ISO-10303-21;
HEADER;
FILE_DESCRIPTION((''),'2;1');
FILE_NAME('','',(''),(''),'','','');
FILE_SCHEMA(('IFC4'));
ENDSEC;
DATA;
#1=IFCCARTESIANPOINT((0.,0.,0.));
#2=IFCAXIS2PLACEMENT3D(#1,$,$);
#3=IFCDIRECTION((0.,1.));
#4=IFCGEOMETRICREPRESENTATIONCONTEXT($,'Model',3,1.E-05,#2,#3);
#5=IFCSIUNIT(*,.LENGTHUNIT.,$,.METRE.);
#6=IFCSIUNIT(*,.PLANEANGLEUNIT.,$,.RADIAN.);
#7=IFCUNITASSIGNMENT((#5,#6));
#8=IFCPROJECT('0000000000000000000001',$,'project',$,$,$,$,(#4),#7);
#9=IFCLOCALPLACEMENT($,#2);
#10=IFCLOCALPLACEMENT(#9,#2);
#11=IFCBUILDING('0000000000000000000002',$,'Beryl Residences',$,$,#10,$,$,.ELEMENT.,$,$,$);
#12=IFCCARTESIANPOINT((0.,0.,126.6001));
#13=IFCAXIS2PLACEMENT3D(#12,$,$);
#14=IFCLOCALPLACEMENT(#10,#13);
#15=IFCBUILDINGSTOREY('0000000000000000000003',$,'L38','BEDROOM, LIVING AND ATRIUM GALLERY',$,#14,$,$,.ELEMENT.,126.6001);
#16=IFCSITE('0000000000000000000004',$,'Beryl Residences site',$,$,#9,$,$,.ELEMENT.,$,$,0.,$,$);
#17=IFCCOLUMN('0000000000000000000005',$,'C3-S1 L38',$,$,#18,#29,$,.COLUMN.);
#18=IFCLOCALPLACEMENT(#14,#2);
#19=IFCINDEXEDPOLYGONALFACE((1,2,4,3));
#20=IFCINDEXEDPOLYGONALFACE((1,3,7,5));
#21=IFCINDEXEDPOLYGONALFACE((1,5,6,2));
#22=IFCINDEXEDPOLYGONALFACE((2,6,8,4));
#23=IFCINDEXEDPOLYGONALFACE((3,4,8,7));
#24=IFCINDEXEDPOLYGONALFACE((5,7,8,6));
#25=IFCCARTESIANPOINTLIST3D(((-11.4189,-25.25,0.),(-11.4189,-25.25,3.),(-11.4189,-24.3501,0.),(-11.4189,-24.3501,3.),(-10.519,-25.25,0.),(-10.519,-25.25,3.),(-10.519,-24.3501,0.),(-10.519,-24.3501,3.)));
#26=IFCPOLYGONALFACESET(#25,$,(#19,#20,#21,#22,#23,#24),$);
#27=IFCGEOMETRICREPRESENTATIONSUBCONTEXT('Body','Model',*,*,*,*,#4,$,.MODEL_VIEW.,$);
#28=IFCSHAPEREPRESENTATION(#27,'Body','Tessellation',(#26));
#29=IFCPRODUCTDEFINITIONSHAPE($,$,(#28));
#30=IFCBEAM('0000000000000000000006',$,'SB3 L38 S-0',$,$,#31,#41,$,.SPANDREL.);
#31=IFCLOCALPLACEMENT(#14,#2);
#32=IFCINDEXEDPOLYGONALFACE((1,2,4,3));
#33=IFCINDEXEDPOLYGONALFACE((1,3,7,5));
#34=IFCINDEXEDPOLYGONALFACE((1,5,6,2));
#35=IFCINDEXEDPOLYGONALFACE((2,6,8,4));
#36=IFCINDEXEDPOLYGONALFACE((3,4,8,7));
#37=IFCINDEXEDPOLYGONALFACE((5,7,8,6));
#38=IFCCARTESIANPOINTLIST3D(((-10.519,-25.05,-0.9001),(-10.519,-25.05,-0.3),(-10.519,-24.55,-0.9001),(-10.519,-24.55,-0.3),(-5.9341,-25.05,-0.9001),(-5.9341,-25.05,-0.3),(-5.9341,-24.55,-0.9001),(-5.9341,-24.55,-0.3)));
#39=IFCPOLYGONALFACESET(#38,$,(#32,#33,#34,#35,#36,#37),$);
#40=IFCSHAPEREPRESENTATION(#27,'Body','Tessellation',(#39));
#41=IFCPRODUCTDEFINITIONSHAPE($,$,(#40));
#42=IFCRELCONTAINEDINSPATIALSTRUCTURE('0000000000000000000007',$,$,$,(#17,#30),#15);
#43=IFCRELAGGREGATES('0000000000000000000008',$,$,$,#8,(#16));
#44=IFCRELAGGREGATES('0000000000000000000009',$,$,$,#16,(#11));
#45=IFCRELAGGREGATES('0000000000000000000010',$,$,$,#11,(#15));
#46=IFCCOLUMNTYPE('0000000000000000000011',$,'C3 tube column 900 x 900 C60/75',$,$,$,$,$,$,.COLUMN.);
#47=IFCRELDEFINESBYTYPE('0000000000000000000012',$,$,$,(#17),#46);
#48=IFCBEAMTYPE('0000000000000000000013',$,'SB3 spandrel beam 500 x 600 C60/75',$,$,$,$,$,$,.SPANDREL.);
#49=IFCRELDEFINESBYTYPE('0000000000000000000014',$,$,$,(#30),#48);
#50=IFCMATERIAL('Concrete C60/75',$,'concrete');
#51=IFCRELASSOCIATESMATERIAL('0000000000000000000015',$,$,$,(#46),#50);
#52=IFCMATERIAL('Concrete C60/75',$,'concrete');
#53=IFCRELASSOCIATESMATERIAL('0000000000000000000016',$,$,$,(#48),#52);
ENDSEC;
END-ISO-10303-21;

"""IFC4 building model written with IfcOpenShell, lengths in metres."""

from ifc_helpers import new_model, si_unit, direction, frame, origin, origin_2d, place, context, subcontext, project, spatial, rectangle, extrude, material, material_profile, profile_set, type_object, element, save


model = new_model("IFC4")

# Units and contexts
model_context = context("Model", 3, precision=1e-05, world=origin(), true_north=direction((0.0, 1.0)))
body_context = subcontext(model_context, "Body", "Model", "MODEL_VIEW")
ifc_project = project(units=[si_unit("LENGTHUNIT", "METRE"), si_unit("PLANEANGLEUNIT", "RADIAN")], contexts=[model_context])

# Site, building, storey
site_placement = place(None, origin())
site = spatial("IfcSite", under=ifc_project, at=site_placement, Name="Beryl Residences site", CompositionType="ELEMENT", RefElevation=0.0)
building_placement = place(site_placement, origin())
building = spatial("IfcBuilding", under=site, at=building_placement, Name="Beryl Residences", CompositionType="ELEMENT")
storey_placement = place(building_placement, frame((0.0, 0.0, 126.6001)))
storey = spatial("IfcBuildingStorey", under=building, at=storey_placement, Name="L38", Description="BEDROOM, LIVING AND ATRIUM GALLERY", CompositionType="ELEMENT", Elevation=126.6001)

# Column
ifc_material_1 = material(Name="Concrete C60/75", Category="concrete")
ifc_material_profile_1 = material_profile(ifc_material_1, rectangle(XDim=0.8999, YDim=0.8999, at=origin_2d()))
ifc_profile_set_1 = profile_set([ifc_material_profile_1], Name="Concrete C60/75")
column_type = type_object("IfcColumnType", Name="C3 tube column 900 x 900 C60/75", PredefinedType="COLUMN", material=ifc_profile_set_1)
column_placement = place(storey_placement, frame((-10.969, -24.8, 0.0), z_axis=(0.0, 0.0, 1.0), x_axis=(1.0, 0.0, 0.0)))
element("IfcColumn", 1, at=column_placement, inside=storey, type_object=column_type, Name="C3-S1 L38", PredefinedType="COLUMN", context=body_context, shape_type="SweptSolid", body=[
    extrude(rectangle(XDim=0.8999, YDim=0.8999, at=origin_2d()), origin(), (0.0, 0.0, 1.0), 3.0),
])

# Beam
ifc_material_2 = material(Name="Concrete C60/75", Category="concrete")
ifc_material_profile_2 = material_profile(ifc_material_2, rectangle(XDim=0.5, YDim=0.6001, at=origin_2d()))
ifc_profile_set_2 = profile_set([ifc_material_profile_2], Name="Concrete C60/75")
beam_type = type_object("IfcBeamType", Name="SB3 spandrel beam 500 x 600 C60/75", PredefinedType="SPANDREL", material=ifc_profile_set_2)
beam_placement = place(storey_placement, frame((-10.519, -24.8, -0.6001), z_axis=(1.0, 0.0, 0.0), x_axis=(0.0, 1.0, 0.0)))
element("IfcBeam", 2, at=beam_placement, inside=storey, type_object=beam_type, Name="SB3 L38 S-0", PredefinedType="SPANDREL", context=body_context, shape_type="SweptSolid", body=[
    extrude(rectangle(XDim=0.5, YDim=0.6001, at=origin_2d()), origin(), (0.0, 0.0, 1.0), 4.585),
])

save(model, "model.ifc")
